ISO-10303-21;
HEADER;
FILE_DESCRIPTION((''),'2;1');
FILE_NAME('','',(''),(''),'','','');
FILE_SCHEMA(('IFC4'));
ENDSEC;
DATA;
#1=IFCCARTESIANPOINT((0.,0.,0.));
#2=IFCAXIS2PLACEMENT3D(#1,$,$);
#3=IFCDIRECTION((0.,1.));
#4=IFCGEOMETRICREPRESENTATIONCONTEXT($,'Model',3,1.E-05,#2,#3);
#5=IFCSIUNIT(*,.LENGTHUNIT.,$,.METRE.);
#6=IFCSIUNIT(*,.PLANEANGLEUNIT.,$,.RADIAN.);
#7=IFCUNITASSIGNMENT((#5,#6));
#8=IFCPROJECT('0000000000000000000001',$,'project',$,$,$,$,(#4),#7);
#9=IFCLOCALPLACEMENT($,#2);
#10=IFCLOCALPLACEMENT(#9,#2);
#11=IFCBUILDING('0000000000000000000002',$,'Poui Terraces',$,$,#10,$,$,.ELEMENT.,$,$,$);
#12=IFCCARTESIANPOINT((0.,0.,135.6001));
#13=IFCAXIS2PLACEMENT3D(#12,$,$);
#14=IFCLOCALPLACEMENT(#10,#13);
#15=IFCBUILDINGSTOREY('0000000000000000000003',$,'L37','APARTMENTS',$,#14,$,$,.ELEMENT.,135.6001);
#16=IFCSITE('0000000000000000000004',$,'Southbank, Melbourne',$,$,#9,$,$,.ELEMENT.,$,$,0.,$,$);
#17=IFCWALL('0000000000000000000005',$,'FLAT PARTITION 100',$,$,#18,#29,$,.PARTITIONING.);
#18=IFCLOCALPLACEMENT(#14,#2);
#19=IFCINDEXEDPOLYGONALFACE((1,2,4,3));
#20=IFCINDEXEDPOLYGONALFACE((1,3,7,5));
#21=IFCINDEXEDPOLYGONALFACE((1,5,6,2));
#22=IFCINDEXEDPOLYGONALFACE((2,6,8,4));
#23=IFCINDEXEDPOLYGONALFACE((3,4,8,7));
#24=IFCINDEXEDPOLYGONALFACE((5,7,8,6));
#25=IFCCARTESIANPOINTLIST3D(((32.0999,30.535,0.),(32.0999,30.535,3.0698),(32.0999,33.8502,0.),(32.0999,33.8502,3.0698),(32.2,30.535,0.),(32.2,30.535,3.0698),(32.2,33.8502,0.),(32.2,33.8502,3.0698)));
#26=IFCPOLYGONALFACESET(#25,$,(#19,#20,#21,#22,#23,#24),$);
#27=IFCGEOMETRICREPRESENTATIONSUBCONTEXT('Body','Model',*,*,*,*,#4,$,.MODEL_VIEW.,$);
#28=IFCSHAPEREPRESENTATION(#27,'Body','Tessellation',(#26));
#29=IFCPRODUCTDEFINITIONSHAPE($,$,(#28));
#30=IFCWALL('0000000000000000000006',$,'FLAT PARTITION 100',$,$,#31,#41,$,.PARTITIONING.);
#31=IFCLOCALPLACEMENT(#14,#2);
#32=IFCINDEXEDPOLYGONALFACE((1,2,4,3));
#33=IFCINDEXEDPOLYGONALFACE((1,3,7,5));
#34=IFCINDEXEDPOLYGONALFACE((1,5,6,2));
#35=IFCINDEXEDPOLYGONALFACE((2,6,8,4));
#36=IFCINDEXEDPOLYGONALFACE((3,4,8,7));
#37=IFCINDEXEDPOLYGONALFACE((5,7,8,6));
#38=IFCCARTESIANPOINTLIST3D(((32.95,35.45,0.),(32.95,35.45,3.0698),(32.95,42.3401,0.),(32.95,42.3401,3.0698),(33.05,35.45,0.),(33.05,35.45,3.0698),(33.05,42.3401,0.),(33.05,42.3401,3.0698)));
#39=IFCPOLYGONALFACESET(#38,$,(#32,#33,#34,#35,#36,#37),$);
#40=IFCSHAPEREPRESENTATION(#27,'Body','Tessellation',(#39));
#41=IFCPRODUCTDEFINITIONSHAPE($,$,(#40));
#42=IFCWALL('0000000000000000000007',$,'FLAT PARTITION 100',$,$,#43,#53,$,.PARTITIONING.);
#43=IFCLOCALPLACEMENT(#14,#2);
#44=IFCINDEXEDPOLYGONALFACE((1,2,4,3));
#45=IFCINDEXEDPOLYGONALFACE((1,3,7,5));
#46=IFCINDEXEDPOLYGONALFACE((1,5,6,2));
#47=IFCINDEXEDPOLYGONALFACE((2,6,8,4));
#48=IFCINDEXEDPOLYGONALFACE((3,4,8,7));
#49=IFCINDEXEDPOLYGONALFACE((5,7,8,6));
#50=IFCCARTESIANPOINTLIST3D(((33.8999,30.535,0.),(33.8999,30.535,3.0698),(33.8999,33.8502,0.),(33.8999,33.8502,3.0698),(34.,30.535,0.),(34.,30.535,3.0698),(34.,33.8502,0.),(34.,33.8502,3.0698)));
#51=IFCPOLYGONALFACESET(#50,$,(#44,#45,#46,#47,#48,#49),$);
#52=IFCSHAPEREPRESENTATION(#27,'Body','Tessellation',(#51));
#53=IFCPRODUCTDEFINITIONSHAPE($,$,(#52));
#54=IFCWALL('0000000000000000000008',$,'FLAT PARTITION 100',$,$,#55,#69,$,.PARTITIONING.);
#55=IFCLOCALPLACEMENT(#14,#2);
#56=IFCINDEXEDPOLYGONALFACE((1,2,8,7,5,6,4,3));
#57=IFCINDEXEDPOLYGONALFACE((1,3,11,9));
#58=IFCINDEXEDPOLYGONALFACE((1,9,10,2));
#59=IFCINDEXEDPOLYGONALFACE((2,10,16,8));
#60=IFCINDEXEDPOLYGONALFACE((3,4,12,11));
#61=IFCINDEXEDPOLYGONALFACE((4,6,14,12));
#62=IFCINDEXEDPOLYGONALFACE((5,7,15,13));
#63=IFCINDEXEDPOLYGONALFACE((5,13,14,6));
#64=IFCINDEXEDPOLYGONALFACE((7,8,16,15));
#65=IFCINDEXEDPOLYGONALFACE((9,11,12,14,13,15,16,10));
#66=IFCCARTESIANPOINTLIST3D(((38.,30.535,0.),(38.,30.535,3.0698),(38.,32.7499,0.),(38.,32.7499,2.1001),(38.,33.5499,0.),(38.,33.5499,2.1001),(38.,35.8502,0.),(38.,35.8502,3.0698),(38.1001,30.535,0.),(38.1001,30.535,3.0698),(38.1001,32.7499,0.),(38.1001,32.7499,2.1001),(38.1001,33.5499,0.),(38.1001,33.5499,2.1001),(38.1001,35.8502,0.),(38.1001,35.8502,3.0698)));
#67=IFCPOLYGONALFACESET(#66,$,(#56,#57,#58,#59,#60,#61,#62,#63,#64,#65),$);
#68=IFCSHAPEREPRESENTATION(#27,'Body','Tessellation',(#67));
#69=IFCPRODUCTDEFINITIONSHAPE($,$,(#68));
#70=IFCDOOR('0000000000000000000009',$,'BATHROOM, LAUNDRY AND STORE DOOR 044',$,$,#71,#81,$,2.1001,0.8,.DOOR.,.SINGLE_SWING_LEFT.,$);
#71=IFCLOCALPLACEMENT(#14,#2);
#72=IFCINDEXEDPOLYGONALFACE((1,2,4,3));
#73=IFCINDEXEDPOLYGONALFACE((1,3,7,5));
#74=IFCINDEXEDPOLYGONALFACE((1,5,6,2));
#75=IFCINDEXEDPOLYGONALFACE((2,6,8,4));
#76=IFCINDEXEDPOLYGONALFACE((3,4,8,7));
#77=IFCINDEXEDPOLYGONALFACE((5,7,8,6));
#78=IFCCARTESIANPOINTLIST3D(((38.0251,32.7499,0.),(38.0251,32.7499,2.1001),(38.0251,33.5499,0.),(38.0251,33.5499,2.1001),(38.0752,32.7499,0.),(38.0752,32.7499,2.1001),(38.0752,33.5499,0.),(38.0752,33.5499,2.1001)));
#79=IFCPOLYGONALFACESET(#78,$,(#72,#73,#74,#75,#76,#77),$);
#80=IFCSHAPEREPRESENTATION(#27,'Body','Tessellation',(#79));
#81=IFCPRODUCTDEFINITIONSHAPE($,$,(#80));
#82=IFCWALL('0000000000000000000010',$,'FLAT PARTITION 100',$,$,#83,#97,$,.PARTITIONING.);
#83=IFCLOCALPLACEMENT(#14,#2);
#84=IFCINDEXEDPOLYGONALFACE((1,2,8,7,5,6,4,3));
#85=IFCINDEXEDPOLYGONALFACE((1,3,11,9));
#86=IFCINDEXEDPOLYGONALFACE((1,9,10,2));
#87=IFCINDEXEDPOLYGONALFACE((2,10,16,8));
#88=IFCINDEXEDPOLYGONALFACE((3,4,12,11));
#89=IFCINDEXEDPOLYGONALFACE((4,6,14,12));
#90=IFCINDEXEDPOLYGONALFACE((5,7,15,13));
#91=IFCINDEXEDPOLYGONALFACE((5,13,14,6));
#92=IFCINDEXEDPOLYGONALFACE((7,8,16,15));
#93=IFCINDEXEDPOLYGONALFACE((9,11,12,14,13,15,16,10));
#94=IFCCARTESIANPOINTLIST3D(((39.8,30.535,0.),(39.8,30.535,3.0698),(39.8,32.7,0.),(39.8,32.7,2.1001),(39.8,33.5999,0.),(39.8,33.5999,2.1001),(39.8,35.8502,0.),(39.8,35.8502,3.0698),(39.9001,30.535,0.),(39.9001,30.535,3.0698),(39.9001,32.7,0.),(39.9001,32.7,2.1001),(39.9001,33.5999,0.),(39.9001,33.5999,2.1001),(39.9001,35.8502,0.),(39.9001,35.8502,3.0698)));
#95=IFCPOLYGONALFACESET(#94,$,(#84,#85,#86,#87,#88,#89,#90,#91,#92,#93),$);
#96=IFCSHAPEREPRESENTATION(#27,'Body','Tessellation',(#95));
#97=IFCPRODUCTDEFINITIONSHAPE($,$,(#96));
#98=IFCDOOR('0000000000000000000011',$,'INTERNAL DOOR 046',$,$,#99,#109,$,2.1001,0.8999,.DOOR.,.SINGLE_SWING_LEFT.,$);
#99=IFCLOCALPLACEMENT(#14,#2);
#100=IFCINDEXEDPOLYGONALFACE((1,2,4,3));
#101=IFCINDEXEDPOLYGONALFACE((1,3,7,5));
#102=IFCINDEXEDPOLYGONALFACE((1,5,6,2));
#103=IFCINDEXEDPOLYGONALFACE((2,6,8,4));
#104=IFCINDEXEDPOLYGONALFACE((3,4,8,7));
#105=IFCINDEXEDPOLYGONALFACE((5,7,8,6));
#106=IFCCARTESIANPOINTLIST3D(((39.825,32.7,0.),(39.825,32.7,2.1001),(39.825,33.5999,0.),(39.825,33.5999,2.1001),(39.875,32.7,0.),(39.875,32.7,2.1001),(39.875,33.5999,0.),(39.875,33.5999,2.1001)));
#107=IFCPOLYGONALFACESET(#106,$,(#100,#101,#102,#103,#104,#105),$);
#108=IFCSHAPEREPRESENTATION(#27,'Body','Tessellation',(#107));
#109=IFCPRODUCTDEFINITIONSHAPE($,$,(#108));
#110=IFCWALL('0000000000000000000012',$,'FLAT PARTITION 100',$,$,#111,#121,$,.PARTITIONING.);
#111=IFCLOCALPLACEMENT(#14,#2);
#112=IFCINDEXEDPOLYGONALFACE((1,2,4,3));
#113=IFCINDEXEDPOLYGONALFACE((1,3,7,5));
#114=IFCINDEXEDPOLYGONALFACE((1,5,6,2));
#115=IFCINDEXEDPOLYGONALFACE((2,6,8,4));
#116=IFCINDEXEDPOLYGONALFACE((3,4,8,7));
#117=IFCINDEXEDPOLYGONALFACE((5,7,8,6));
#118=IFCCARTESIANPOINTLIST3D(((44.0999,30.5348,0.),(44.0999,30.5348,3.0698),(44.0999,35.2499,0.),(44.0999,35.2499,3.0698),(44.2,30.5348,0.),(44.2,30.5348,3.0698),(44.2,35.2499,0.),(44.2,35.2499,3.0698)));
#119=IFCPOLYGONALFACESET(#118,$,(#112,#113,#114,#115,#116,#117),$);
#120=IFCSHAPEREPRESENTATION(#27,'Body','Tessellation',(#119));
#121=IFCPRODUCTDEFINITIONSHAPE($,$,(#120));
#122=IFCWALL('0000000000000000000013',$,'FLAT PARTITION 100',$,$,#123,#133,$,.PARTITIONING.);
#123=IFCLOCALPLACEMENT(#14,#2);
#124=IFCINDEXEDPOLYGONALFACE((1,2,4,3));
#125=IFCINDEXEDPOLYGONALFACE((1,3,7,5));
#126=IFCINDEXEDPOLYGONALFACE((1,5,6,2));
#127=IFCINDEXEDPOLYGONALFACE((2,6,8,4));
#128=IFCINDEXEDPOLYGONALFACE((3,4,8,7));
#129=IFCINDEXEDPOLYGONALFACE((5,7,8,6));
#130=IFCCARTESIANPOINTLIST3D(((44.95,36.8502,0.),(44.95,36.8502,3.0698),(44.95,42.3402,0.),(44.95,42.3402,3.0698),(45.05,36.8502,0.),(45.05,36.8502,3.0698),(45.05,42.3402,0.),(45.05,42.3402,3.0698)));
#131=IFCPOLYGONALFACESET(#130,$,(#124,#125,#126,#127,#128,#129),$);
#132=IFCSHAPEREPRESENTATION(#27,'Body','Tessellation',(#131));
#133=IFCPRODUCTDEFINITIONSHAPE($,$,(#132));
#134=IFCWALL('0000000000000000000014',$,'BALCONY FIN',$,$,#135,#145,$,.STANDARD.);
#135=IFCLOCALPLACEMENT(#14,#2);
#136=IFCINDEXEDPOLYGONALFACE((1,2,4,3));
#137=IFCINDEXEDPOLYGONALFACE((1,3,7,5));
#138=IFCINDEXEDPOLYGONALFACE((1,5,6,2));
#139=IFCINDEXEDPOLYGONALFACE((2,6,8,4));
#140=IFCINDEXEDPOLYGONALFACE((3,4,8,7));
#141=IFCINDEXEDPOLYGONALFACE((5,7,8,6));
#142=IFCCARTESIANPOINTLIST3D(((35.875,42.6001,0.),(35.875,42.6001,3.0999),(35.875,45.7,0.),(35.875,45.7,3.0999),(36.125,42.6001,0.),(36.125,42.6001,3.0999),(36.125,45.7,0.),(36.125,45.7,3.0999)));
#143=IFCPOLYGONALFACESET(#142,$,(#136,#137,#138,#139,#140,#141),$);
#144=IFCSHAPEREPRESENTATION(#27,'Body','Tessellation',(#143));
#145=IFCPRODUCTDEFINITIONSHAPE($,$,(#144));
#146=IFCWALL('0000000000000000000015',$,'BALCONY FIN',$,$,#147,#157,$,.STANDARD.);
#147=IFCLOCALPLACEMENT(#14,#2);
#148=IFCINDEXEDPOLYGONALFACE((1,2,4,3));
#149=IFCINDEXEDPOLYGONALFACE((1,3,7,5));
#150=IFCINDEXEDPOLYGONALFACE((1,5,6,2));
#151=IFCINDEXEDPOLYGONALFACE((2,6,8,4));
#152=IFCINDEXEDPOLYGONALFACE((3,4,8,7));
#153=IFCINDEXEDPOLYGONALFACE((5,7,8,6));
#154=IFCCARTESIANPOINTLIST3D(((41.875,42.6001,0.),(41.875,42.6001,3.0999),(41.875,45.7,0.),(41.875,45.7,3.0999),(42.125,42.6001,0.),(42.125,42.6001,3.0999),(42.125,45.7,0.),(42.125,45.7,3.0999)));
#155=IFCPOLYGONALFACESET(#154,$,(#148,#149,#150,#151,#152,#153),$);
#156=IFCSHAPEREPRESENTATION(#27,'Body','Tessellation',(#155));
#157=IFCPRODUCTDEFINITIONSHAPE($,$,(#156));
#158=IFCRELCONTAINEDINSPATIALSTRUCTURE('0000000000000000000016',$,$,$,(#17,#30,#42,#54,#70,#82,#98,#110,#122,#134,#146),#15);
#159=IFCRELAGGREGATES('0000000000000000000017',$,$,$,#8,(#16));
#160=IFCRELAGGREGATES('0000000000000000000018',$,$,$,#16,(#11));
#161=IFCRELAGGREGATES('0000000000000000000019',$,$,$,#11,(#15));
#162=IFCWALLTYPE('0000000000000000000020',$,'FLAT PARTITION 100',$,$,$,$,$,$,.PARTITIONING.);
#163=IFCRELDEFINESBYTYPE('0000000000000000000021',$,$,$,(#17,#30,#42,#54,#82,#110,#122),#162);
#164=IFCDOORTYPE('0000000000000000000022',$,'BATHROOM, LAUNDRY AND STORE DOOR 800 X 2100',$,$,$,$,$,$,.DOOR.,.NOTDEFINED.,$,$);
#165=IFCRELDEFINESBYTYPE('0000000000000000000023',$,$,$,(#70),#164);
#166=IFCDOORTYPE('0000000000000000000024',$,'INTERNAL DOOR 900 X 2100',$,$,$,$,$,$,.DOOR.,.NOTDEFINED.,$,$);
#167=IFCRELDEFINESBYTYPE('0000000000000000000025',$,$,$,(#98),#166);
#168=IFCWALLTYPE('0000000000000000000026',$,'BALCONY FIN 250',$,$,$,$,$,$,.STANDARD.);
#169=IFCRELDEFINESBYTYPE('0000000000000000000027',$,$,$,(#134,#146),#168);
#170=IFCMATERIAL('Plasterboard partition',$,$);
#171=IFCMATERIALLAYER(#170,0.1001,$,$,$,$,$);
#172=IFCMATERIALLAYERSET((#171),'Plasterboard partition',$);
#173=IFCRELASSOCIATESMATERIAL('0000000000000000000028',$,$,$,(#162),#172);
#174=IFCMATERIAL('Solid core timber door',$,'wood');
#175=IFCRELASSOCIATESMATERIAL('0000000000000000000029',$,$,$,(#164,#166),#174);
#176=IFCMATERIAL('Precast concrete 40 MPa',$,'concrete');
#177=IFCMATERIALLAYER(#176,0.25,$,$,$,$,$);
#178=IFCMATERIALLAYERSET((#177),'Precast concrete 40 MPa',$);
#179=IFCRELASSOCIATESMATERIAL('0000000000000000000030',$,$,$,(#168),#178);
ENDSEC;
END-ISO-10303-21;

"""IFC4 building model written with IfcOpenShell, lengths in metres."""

from ifc_helpers import new_model, si_unit, direction, frame, frame_2d, origin, place, context, subcontext, project, spatial, polyline, rectangle, outline, extrude, source, transform, mapped, material, layer, layer_set, type_object, element, fill, save


model = new_model("IFC4")

# Units and contexts
model_context = context("Model", 3, precision=1e-05, world=origin(), true_north=direction((0.0, 1.0)))
body_context = subcontext(model_context, "Body", "Model", "MODEL_VIEW")
ifc_project = project(units=[si_unit("LENGTHUNIT", "METRE"), si_unit("PLANEANGLEUNIT", "RADIAN")], contexts=[model_context])

# Site, building, storey
site_placement = place(None, origin())
site = spatial("IfcSite", under=ifc_project, at=site_placement, Name="Southbank, Melbourne", CompositionType="ELEMENT", RefElevation=0.0)
building_placement = place(site_placement, origin())
building = spatial("IfcBuilding", under=site, at=building_placement, Name="Poui Terraces", CompositionType="ELEMENT")
storey_placement = place(building_placement, frame((0.0, 0.0, 135.6001)))
storey = spatial("IfcBuildingStorey", under=building, at=storey_placement, Name="L37", Description="APARTMENTS", CompositionType="ELEMENT", Elevation=135.6001)

# Shared definitions
ifc_material_1 = material(Name="Plasterboard partition")
ifc_layer_1 = layer(ifc_material_1, 0.1001)
ifc_layer_set_1 = layer_set([ifc_layer_1], Name="Plasterboard partition")
wall_type_1 = type_object("IfcWallType", Name="FLAT PARTITION 100", PredefinedType="PARTITIONING", material=ifc_layer_set_1)
ifc_material_2 = material(Name="Solid core timber door", Category="wood")
door_type_1 = type_object("IfcDoorType", Name="BATHROOM, LAUNDRY AND STORE DOOR 800 X 2100", OperationType="NOTDEFINED", PredefinedType="DOOR", material=ifc_material_2)
door_type_2 = type_object("IfcDoorType", Name="INTERNAL DOOR 900 X 2100", OperationType="NOTDEFINED", PredefinedType="DOOR", material=ifc_material_2)

# Walls
wall_1_placement = place(storey_placement, frame((32.1499, 30.5349, 0.0), z_axis=(0.0, 0.0, 1.0), x_axis=(0.0, 1.0, 0.0)))
element("IfcWall", 1, at=wall_1_placement, inside=storey, type_object=wall_type_1, Name="FLAT PARTITION 100", PredefinedType="PARTITIONING", context=body_context, shape_type="SweptSolid", body=[
    extrude(rectangle(XDim=3.3152, YDim=0.1001, at=frame_2d((1.6577, 0.0))), origin(), (0.0, 0.0, 1.0), 3.0698),
])
wall_2_placement = place(storey_placement, frame((33.0, 35.45, 0.0), z_axis=(0.0, 0.0, 1.0), x_axis=(0.0, 1.0, 0.0)))
element("IfcWall", 2, at=wall_2_placement, inside=storey, type_object=wall_type_1, Name="FLAT PARTITION 100", PredefinedType="PARTITIONING", context=body_context, shape_type="SweptSolid", body=[
    extrude(rectangle(XDim=6.8901, YDim=0.1001, at=frame_2d((3.4451, 0.0))), origin(), (0.0, 0.0, 1.0), 3.0698),
])
wall_3_placement = place(storey_placement, frame((33.95, 30.5349, 0.0), z_axis=(0.0, 0.0, 1.0), x_axis=(0.0, 1.0, 0.0)))
element("IfcWall", 3, at=wall_3_placement, inside=storey, type_object=wall_type_1, Name="FLAT PARTITION 100", PredefinedType="PARTITIONING", context=body_context, shape_type="SweptSolid", body=[
    extrude(rectangle(XDim=3.3152, YDim=0.1001, at=frame_2d((1.6577, 0.0))), origin(), (0.0, 0.0, 1.0), 3.0698),
])

# Walls, openings, doors
wall_4_placement = place(storey_placement, frame((38.05, 30.5349, 0.0), z_axis=(0.0, 0.0, 1.0), x_axis=(0.0, 1.0, 0.0)))
wall_4 = element("IfcWall", 4, at=wall_4_placement, inside=storey, type_object=wall_type_1, Name="FLAT PARTITION 100", PredefinedType="PARTITIONING", context=body_context, shape_type="SweptSolid", body=[
    extrude(rectangle(XDim=5.3152, YDim=0.1001, at=frame_2d((2.6577, 0.0))), origin(), (0.0, 0.0, 1.0), 3.0698),
])
opening_1_placement = place(wall_4_placement, frame((2.2151, 0.0, 0.0)))
opening_1 = element("IfcOpeningElement", 5, at=opening_1_placement, cuts=wall_4, PredefinedType="OPENING", context=body_context, shape_type="SweptSolid", body=[
    extrude(rectangle(XDim=0.8, YDim=2.1001, at=frame_2d((0.3999, 1.05))), frame((0.0, 0.0601, 0.0), z_axis=(0.0, -1.0, 0.0), x_axis=(1.0, 0.0, 0.0)), (0.0, 0.0, 1.0), 0.1201),
])
door_1_placement = place(opening_1_placement, origin())
door_1 = element("IfcDoor", 6, at=door_1_placement, inside=storey, type_object=door_type_1, Name="BATHROOM, LAUNDRY AND STORE DOOR 044", OperationType="SINGLE_SWING_LEFT", OverallHeight=2.1001, OverallWidth=0.8, PredefinedType="DOOR", context=body_context, shape_type="SweptSolid", body=[
    extrude(rectangle(XDim=0.8, YDim=2.1001, at=frame_2d((0.3999, 1.05))), frame((0.0, 0.0249, 0.0), z_axis=(0.0, -1.0, 0.0), x_axis=(1.0, 0.0, 0.0)), (0.0, 0.0, 1.0), 0.05),
])
fill(opening_1, door_1)
wall_5_placement = place(storey_placement, frame((39.8501, 30.5349, 0.0), z_axis=(0.0, 0.0, 1.0), x_axis=(0.0, 1.0, 0.0)))
wall_5 = element("IfcWall", 7, at=wall_5_placement, inside=storey, type_object=wall_type_1, Name="FLAT PARTITION 100", PredefinedType="PARTITIONING", context=body_context, shape_type="SweptSolid", body=[
    extrude(rectangle(XDim=5.3152, YDim=0.1001, at=frame_2d((2.6577, 0.0))), origin(), (0.0, 0.0, 1.0), 3.0698),
])
opening_2_placement = place(wall_5_placement, frame((2.165, 0.0, 0.0)))
opening_2 = element("IfcOpeningElement", 8, at=opening_2_placement, cuts=wall_5, PredefinedType="OPENING", context=body_context, shape_type="SweptSolid", body=[
    extrude(rectangle(XDim=0.8999, YDim=2.1001, at=frame_2d((0.45, 1.05))), frame((0.0, 0.0601, 0.0), z_axis=(0.0, -1.0, 0.0), x_axis=(1.0, 0.0, 0.0)), (0.0, 0.0, 1.0), 0.1201),
])
door_2_placement = place(opening_2_placement, frame((0.8999, 0.0, 0.0), z_axis=(0.0, 0.0, 1.0), x_axis=(-1.0, 0.0, 0.0)))
door_2 = element("IfcDoor", 9, at=door_2_placement, inside=storey, type_object=door_type_2, Name="INTERNAL DOOR 046", OperationType="SINGLE_SWING_LEFT", OverallHeight=2.1001, OverallWidth=0.8999, PredefinedType="DOOR", context=body_context, shape_type="SweptSolid", body=[
    extrude(rectangle(XDim=0.8999, YDim=2.1001, at=frame_2d((0.45, 1.05))), frame((0.0, 0.0249, 0.0), z_axis=(0.0, -1.0, 0.0), x_axis=(1.0, 0.0, 0.0)), (0.0, 0.0, 1.0), 0.05),
])
fill(opening_2, door_2)

# Walls
wall_6_placement = place(storey_placement, frame((44.1499, 30.5349, 0.0), z_axis=(0.0, 0.0, 1.0), x_axis=(0.0, 1.0, 0.0)))
element("IfcWall", 10, at=wall_6_placement, inside=storey, type_object=wall_type_1, Name="FLAT PARTITION 100", PredefinedType="PARTITIONING", context=body_context, shape_type="SweptSolid", body=[
    extrude(rectangle(XDim=4.7151, YDim=0.1001, at=frame_2d((2.3574, 0.0))), origin(), (0.0, 0.0, 1.0), 3.0698),
])
wall_7_placement = place(storey_placement, frame((45.0, 36.8501, 0.0), z_axis=(0.0, 0.0, 1.0), x_axis=(0.0, 1.0, 0.0)))
element("IfcWall", 11, at=wall_7_placement, inside=storey, type_object=wall_type_1, Name="FLAT PARTITION 100", PredefinedType="PARTITIONING", context=body_context, shape_type="SweptSolid", body=[
    extrude(rectangle(XDim=5.49, YDim=0.1001, at=frame_2d((2.7451, 0.0))), origin(), (0.0, 0.0, 1.0), 3.0698),
])
ifc_material_3 = material(Name="Precast concrete 40 MPa", Category="concrete")
ifc_layer_2 = layer(ifc_material_3, 0.25)
ifc_layer_set_2 = layer_set([ifc_layer_2], Name="Precast concrete 40 MPa")
wall_type_2 = type_object("IfcWallType", Name="BALCONY FIN 250", PredefinedType="STANDARD", material=ifc_layer_set_2)
shared_shape_1 = source(origin(), body_context, "Body", "SweptSolid", [
    extrude(outline(polyline([(0.0, 0.0), (0.25, 0.0), (0.25, 3.0999), (0.0, 3.0999), (0.0, 0.0)])), origin(), (0.0, 0.0, 1.0), 3.0999),
])
for number, where, name in (
    (12, (35.875, 42.6001, 0.0), "BALCONY FIN"),
    (13, (41.875, 42.6001, 0.0), "BALCONY FIN"),
):
    element("IfcWall", number, at=place(storey_placement, frame(where)), inside=storey, type_object=wall_type_2, Name=name, PredefinedType="STANDARD", context=body_context, shape_type="MappedRepresentation", body=[
        mapped(shared_shape_1, transform((0.0, 0.0, 0.0))),
    ])

save(model, "model.ifc")
